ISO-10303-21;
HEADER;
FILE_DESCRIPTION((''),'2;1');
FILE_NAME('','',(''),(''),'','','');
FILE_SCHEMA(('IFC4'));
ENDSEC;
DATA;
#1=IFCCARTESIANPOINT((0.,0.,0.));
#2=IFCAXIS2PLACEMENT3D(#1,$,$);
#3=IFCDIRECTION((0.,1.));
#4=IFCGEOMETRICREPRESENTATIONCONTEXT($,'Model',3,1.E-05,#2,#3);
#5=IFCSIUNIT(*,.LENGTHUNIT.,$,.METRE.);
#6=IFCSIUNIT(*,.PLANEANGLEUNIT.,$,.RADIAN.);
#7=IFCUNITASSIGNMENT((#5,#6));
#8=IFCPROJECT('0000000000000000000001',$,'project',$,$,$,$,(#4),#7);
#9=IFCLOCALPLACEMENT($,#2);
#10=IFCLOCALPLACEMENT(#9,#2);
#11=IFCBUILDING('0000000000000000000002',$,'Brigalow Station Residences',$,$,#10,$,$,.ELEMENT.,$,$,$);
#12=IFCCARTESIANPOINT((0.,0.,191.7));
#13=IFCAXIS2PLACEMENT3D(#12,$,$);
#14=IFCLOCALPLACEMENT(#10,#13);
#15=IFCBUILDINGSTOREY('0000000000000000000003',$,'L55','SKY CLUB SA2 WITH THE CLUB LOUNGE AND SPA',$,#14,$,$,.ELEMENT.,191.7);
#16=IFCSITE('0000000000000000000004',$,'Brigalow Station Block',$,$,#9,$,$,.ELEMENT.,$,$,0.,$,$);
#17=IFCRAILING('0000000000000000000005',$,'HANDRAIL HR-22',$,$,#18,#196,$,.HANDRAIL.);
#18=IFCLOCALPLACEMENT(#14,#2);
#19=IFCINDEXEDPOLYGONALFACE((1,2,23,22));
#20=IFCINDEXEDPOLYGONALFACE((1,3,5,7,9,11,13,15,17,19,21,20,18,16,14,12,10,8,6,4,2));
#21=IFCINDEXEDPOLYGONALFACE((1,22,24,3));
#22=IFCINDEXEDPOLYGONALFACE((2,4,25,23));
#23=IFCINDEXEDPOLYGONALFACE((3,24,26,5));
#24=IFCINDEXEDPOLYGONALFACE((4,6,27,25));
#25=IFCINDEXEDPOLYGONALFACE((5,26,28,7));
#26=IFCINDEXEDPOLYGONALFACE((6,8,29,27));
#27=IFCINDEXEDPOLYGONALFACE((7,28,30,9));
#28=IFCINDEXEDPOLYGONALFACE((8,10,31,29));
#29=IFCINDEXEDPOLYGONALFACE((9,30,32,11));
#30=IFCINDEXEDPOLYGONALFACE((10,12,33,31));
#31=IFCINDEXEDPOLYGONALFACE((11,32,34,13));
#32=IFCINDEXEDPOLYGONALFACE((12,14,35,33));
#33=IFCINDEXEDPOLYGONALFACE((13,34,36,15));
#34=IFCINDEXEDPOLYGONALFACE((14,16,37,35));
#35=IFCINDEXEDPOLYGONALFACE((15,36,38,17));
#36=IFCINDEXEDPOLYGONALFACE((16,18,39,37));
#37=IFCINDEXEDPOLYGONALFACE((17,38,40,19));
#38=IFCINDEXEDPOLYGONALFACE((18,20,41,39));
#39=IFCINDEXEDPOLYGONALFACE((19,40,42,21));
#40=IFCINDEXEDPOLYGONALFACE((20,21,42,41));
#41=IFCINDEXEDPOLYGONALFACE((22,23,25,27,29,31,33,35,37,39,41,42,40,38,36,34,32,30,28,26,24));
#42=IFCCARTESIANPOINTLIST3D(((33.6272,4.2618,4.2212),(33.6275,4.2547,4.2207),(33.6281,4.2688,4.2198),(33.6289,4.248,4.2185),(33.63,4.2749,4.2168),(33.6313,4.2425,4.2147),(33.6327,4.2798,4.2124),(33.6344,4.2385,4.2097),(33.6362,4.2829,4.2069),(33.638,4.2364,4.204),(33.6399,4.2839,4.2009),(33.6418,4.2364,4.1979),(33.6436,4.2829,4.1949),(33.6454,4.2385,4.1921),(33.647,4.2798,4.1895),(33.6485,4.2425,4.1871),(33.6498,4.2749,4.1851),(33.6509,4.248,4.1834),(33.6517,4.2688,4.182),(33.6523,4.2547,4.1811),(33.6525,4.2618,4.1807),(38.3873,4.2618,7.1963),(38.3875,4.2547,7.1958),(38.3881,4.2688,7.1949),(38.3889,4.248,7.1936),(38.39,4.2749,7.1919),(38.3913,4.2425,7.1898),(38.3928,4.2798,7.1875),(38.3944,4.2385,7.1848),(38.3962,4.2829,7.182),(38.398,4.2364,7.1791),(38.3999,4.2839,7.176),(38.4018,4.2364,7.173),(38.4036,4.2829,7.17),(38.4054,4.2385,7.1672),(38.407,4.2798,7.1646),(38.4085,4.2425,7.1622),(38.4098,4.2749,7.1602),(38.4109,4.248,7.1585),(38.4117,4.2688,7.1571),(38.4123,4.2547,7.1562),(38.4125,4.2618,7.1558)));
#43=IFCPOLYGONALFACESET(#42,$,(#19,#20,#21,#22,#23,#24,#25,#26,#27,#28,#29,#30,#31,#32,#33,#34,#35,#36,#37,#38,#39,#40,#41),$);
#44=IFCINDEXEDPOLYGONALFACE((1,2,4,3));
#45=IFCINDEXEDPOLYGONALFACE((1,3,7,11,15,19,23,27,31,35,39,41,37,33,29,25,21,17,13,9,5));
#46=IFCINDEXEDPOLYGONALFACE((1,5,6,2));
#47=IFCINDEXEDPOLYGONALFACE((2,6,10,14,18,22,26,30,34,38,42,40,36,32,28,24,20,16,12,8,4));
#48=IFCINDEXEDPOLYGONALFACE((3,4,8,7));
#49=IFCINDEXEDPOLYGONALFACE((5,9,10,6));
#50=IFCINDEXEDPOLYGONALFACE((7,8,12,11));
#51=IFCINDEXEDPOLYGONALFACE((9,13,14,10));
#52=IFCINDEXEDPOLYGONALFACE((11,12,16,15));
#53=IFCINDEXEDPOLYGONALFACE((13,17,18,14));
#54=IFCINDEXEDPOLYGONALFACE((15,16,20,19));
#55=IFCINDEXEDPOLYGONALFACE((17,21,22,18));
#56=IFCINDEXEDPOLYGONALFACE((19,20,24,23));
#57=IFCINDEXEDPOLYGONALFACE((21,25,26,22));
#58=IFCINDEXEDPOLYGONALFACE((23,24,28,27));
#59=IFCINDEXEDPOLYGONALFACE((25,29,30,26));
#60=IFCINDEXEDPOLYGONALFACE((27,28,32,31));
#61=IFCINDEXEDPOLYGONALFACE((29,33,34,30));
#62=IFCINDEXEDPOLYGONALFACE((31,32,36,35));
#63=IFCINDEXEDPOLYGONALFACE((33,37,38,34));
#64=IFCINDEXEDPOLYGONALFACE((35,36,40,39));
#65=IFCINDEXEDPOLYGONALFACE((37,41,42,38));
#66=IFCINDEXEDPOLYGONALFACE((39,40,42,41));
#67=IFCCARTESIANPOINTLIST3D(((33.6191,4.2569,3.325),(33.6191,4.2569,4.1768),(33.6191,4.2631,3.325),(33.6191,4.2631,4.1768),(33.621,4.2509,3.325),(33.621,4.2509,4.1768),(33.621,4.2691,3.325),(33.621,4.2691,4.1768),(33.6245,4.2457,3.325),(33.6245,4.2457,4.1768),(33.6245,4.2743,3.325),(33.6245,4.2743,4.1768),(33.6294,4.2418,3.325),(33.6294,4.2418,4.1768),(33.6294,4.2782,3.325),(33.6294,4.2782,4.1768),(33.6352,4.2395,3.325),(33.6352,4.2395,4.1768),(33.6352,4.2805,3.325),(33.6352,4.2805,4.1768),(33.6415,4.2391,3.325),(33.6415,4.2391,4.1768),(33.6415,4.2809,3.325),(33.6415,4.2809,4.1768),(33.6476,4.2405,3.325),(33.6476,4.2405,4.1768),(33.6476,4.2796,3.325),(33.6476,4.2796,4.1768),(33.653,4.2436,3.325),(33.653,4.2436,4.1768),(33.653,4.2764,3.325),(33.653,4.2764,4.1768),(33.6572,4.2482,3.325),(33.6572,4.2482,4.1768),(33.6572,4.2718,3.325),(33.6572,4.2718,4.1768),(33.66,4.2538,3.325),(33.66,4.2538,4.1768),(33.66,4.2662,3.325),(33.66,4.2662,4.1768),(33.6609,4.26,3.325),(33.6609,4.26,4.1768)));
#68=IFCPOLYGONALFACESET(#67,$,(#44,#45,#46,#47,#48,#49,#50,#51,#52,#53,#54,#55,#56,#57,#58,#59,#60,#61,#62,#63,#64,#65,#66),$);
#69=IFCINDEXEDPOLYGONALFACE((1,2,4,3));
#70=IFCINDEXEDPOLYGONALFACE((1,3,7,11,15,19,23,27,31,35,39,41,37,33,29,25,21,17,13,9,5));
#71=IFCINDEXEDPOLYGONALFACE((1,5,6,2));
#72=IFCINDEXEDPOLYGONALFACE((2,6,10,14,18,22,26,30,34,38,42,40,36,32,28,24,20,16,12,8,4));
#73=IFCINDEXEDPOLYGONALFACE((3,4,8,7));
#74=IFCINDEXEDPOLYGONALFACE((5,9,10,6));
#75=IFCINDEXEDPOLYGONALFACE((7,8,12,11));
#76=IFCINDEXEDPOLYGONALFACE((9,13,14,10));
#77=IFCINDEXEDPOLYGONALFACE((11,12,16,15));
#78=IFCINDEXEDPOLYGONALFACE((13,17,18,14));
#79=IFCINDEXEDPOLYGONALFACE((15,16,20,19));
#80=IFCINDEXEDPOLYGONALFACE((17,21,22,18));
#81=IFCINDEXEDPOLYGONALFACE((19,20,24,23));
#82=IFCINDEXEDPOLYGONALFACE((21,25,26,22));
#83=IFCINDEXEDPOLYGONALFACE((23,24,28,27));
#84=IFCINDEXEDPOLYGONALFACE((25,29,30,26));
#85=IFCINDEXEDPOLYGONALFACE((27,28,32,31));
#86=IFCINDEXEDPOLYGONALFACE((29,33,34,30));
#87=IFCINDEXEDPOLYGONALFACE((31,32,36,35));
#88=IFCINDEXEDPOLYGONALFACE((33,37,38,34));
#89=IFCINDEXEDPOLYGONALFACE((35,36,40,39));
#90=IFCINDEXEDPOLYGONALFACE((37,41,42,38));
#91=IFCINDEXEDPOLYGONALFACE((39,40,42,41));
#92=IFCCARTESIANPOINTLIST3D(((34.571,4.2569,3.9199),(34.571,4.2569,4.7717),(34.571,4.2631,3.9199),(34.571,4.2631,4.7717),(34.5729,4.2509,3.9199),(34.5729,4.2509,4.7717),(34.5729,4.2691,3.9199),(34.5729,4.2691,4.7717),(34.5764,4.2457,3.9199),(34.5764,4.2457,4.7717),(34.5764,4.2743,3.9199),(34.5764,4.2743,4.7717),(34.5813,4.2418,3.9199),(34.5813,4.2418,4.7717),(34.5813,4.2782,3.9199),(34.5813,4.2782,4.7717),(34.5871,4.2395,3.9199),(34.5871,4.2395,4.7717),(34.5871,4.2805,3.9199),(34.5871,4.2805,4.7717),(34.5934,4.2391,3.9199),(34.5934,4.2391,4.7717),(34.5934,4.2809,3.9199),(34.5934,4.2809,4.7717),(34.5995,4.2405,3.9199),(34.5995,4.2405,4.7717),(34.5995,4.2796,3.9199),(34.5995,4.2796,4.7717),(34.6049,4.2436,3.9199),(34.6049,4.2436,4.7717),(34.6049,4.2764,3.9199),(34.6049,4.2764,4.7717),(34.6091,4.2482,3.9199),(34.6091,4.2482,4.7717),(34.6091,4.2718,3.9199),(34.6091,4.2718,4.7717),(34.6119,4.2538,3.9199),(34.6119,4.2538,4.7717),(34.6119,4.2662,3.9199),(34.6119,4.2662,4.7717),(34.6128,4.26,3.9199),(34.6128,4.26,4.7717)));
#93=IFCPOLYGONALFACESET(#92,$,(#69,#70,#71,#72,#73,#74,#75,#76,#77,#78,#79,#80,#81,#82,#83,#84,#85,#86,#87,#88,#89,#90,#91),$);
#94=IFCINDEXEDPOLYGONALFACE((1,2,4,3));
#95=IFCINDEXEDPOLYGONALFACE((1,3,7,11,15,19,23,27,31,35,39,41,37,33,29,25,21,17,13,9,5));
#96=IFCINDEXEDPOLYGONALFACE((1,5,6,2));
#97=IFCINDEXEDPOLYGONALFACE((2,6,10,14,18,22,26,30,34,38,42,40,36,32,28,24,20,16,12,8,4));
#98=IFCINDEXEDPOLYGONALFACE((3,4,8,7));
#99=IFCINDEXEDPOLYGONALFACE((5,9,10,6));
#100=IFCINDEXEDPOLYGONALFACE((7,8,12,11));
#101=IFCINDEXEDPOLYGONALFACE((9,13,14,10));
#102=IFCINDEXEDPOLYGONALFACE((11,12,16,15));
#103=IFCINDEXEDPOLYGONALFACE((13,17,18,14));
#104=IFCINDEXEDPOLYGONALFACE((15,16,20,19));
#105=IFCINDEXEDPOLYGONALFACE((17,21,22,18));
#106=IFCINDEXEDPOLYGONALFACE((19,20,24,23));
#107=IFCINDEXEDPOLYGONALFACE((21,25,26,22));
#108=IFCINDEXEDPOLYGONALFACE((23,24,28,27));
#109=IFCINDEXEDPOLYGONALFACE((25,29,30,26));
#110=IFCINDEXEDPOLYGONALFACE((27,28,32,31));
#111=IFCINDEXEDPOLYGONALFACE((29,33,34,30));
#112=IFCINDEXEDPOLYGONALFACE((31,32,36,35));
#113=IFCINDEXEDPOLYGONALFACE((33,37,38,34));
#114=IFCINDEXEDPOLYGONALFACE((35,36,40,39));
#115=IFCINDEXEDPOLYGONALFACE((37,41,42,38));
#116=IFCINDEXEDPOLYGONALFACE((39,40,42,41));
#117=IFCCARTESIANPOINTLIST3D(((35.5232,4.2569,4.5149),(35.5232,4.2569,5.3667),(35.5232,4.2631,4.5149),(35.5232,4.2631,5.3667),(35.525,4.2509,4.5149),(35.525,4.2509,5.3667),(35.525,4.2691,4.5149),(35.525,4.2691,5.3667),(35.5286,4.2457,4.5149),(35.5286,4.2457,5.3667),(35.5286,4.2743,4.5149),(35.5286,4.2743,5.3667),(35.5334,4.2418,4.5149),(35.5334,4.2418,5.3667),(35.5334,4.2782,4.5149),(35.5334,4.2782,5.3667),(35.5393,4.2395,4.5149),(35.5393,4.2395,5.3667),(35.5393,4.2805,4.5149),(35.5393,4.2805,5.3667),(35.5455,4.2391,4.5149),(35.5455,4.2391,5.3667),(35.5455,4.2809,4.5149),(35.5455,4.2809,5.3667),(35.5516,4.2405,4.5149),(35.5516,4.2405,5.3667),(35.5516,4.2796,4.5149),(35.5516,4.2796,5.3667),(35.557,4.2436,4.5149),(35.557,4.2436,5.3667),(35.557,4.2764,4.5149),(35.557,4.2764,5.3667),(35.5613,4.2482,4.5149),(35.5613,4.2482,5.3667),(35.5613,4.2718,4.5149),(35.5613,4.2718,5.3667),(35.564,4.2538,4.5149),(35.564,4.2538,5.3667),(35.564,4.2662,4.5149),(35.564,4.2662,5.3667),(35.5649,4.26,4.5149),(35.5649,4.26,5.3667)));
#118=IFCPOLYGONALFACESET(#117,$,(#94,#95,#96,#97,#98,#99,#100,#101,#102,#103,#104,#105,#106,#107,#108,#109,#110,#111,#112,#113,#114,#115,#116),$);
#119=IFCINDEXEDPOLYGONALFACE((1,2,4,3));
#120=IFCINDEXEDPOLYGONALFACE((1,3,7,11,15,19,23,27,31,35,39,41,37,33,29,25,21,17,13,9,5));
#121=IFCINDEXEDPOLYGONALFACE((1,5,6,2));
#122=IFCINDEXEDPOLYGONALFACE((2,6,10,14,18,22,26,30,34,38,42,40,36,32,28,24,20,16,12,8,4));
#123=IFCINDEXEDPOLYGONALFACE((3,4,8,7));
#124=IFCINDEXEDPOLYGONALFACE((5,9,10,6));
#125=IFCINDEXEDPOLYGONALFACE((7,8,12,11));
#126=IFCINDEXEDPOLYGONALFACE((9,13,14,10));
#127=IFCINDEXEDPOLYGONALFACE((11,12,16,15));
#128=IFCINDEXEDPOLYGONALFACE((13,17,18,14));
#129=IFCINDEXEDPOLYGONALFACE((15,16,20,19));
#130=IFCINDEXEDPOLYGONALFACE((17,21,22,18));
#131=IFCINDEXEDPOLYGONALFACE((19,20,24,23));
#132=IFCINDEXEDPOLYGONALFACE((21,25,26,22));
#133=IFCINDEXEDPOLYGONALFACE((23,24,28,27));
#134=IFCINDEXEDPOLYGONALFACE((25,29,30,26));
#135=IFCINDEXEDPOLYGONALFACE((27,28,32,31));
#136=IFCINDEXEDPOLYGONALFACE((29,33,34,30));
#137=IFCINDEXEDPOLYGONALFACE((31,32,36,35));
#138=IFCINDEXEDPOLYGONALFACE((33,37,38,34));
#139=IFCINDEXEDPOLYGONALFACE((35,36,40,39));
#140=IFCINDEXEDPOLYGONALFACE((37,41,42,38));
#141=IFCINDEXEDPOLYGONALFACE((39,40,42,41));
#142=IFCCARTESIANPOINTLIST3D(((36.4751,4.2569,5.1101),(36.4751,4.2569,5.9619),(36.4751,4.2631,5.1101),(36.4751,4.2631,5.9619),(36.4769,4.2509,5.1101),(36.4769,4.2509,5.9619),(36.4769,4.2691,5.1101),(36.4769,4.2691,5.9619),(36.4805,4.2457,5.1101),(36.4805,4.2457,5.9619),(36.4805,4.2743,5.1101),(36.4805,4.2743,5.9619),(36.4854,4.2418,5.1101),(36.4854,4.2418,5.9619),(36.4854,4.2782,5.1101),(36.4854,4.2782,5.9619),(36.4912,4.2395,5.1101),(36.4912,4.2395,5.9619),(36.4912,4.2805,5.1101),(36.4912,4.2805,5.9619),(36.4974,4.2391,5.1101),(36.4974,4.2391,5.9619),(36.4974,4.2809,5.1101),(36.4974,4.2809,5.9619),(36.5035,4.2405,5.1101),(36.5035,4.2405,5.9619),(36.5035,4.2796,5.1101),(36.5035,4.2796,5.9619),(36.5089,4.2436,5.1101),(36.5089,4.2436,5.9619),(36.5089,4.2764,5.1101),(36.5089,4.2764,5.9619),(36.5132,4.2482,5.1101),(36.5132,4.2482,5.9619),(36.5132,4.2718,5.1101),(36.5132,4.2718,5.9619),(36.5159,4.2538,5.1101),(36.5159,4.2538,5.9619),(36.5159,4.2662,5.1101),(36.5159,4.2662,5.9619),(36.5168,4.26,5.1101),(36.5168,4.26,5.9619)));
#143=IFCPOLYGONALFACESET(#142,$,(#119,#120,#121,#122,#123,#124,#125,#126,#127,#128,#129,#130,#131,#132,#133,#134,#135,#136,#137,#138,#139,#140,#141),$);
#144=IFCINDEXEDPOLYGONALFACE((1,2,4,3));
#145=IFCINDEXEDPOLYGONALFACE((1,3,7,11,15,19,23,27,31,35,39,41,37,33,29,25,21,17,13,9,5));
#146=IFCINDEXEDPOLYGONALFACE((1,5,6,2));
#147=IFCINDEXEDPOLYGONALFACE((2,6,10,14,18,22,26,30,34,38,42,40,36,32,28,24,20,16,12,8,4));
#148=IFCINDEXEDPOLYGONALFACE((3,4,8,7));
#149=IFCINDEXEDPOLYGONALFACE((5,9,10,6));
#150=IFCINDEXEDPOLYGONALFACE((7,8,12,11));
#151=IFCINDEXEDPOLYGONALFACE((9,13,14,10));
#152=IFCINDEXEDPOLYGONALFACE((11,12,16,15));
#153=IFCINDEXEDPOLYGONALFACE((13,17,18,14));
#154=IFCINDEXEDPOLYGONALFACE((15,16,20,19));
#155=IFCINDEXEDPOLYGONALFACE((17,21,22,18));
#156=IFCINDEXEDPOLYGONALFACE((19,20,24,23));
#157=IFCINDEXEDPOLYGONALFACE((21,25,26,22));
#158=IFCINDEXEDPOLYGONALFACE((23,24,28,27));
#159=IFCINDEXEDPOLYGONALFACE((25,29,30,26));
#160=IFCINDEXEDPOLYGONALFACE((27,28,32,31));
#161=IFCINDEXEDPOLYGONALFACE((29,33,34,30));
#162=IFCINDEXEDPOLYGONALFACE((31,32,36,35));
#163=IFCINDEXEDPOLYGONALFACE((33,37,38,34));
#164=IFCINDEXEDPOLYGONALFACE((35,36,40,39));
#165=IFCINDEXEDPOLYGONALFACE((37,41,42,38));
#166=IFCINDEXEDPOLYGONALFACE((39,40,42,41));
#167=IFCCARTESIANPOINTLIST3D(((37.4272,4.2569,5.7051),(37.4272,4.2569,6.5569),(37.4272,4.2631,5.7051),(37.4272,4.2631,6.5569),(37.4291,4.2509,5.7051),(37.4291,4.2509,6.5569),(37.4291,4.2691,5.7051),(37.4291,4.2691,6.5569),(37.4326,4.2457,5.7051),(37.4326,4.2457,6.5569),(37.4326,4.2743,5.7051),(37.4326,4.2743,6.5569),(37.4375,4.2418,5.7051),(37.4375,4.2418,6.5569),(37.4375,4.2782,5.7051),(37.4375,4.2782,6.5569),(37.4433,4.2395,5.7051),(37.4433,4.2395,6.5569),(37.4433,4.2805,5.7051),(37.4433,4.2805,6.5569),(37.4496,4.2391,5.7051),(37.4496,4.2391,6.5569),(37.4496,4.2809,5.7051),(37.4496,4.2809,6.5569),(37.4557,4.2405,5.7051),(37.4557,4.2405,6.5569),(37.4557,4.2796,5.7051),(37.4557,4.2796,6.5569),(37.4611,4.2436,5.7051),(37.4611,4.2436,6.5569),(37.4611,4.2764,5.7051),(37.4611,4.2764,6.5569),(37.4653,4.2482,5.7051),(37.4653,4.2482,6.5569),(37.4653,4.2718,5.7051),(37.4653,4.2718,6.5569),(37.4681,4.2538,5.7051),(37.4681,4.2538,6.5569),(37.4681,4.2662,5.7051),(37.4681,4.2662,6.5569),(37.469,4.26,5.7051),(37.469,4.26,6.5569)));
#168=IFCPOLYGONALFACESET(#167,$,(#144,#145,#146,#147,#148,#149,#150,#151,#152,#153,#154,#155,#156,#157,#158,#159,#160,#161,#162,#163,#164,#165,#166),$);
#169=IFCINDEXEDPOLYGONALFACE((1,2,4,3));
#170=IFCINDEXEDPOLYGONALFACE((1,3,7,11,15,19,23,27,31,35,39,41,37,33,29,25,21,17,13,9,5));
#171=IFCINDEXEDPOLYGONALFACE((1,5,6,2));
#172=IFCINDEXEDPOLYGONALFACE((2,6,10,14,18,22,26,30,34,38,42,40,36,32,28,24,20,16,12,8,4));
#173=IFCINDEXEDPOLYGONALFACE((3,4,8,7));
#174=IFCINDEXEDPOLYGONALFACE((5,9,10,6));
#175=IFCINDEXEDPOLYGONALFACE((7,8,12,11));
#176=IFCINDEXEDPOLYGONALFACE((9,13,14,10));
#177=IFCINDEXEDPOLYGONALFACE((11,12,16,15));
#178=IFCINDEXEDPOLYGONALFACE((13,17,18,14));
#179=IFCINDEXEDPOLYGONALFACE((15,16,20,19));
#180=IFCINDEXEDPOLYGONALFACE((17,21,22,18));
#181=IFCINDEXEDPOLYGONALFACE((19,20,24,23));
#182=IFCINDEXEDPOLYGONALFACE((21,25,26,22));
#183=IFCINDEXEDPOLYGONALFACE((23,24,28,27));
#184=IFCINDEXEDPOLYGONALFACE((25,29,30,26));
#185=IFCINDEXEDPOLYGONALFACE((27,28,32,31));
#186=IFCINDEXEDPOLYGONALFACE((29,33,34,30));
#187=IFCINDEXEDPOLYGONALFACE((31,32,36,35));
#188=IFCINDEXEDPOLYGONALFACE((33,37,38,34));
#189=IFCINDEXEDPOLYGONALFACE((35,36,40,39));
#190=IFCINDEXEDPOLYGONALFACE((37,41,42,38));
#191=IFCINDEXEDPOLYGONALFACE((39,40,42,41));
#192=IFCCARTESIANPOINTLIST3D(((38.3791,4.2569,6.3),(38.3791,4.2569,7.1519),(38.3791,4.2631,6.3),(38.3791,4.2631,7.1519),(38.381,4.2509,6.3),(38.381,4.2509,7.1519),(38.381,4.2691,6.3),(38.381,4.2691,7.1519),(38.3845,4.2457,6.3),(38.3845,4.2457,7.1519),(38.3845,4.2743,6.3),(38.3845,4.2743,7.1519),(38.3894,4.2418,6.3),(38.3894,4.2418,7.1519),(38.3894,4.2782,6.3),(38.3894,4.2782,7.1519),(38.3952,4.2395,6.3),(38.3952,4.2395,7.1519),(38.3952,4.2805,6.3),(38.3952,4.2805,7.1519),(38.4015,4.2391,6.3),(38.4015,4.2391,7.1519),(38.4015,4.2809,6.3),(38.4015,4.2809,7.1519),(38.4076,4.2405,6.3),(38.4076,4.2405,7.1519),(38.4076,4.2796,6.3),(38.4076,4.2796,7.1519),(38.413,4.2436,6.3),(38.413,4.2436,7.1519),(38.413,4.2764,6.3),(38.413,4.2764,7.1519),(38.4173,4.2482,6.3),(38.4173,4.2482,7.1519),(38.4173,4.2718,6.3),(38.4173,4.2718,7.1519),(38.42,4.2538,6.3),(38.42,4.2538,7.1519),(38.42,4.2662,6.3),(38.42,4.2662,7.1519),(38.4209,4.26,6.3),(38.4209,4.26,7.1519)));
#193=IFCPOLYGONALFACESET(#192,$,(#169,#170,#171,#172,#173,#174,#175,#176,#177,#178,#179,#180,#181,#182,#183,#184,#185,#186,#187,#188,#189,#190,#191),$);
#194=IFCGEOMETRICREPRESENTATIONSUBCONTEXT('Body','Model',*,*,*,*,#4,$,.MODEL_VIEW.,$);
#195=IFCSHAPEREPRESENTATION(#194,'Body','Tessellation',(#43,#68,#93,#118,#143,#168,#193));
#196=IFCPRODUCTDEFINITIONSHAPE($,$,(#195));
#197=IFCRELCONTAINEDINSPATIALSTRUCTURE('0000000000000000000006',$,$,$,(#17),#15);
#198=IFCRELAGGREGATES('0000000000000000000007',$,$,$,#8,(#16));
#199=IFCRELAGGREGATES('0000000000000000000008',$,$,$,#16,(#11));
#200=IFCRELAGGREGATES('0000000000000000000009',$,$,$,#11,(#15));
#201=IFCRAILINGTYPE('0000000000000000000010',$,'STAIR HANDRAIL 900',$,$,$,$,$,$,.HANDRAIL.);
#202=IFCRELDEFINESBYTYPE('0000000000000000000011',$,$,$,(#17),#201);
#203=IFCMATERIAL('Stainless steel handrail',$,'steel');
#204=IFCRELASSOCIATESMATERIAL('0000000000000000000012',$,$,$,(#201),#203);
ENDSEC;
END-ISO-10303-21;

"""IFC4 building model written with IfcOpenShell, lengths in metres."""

from ifc_helpers import new_model, si_unit, direction, frame, origin, origin_2d, place, context, subcontext, project, spatial, circle, extrude, material, type_object, element, save


model = new_model("IFC4")

# Units and contexts
model_context = context("Model", 3, precision=1e-05, world=origin(), true_north=direction((0.0, 1.0)))
body_context = subcontext(model_context, "Body", "Model", "MODEL_VIEW")
ifc_project = project(units=[si_unit("LENGTHUNIT", "METRE"), si_unit("PLANEANGLEUNIT", "RADIAN")], contexts=[model_context])

# Site, building, storey
site_placement = place(None, origin())
site = spatial("IfcSite", under=ifc_project, at=site_placement, Name="Brigalow Station Block", CompositionType="ELEMENT", RefElevation=0.0)
building_placement = place(site_placement, origin())
building = spatial("IfcBuilding", under=site, at=building_placement, Name="Brigalow Station Residences", CompositionType="ELEMENT")
storey_placement = place(building_placement, frame((0.0, 0.0, 191.7)))
storey = spatial("IfcBuildingStorey", under=building, at=storey_placement, Name="L55", Description="SKY CLUB SA2 WITH THE CLUB LOUNGE AND SPA", CompositionType="ELEMENT", Elevation=191.7)

# Railing
ifc_material_1 = material(Name="Stainless steel handrail", Category="steel")
railing_type = type_object("IfcRailingType", Name="STAIR HANDRAIL 900", PredefinedType="HANDRAIL", material=ifc_material_1)
railing_placement = place(storey_placement, frame((33.6399, 4.26, 3.325)))
element("IfcRailing", 1, at=railing_placement, inside=storey, type_object=railing_type, Name="HANDRAIL HR-22", PredefinedType="HANDRAIL", context=body_context, shape_type="SweptSolid", body=[
    extrude(circle(Radius=0.0239, at=origin_2d()), frame((0.0, 0.0, 0.876), z_axis=(0.847991, 0.0, 0.530011), x_axis=(0.0, 1.0, 0.0)), (0.0, 0.0, 1.0), 5.6133),
    extrude(circle(Radius=0.021, at=origin_2d()), origin(), (0.0, 0.0, 1.0), 0.8518),
    extrude(circle(Radius=0.021, at=origin_2d()), frame((0.9519, 0.0, 0.595)), (0.0, 0.0, 1.0), 0.8518),
    extrude(circle(Radius=0.021, at=origin_2d()), frame((1.9041, 0.0, 1.1899)), (0.0, 0.0, 1.0), 0.8518),
    extrude(circle(Radius=0.021, at=origin_2d()), frame((2.856, 0.0, 1.7852)), (0.0, 0.0, 1.0), 0.8518),
    extrude(circle(Radius=0.021, at=origin_2d()), frame((3.8081, 0.0, 2.3801)), (0.0, 0.0, 1.0), 0.8518),
    extrude(circle(Radius=0.021, at=origin_2d()), frame((4.76, 0.0, 2.9751)), (0.0, 0.0, 1.0), 0.8518),
])

save(model, "model.ifc")
